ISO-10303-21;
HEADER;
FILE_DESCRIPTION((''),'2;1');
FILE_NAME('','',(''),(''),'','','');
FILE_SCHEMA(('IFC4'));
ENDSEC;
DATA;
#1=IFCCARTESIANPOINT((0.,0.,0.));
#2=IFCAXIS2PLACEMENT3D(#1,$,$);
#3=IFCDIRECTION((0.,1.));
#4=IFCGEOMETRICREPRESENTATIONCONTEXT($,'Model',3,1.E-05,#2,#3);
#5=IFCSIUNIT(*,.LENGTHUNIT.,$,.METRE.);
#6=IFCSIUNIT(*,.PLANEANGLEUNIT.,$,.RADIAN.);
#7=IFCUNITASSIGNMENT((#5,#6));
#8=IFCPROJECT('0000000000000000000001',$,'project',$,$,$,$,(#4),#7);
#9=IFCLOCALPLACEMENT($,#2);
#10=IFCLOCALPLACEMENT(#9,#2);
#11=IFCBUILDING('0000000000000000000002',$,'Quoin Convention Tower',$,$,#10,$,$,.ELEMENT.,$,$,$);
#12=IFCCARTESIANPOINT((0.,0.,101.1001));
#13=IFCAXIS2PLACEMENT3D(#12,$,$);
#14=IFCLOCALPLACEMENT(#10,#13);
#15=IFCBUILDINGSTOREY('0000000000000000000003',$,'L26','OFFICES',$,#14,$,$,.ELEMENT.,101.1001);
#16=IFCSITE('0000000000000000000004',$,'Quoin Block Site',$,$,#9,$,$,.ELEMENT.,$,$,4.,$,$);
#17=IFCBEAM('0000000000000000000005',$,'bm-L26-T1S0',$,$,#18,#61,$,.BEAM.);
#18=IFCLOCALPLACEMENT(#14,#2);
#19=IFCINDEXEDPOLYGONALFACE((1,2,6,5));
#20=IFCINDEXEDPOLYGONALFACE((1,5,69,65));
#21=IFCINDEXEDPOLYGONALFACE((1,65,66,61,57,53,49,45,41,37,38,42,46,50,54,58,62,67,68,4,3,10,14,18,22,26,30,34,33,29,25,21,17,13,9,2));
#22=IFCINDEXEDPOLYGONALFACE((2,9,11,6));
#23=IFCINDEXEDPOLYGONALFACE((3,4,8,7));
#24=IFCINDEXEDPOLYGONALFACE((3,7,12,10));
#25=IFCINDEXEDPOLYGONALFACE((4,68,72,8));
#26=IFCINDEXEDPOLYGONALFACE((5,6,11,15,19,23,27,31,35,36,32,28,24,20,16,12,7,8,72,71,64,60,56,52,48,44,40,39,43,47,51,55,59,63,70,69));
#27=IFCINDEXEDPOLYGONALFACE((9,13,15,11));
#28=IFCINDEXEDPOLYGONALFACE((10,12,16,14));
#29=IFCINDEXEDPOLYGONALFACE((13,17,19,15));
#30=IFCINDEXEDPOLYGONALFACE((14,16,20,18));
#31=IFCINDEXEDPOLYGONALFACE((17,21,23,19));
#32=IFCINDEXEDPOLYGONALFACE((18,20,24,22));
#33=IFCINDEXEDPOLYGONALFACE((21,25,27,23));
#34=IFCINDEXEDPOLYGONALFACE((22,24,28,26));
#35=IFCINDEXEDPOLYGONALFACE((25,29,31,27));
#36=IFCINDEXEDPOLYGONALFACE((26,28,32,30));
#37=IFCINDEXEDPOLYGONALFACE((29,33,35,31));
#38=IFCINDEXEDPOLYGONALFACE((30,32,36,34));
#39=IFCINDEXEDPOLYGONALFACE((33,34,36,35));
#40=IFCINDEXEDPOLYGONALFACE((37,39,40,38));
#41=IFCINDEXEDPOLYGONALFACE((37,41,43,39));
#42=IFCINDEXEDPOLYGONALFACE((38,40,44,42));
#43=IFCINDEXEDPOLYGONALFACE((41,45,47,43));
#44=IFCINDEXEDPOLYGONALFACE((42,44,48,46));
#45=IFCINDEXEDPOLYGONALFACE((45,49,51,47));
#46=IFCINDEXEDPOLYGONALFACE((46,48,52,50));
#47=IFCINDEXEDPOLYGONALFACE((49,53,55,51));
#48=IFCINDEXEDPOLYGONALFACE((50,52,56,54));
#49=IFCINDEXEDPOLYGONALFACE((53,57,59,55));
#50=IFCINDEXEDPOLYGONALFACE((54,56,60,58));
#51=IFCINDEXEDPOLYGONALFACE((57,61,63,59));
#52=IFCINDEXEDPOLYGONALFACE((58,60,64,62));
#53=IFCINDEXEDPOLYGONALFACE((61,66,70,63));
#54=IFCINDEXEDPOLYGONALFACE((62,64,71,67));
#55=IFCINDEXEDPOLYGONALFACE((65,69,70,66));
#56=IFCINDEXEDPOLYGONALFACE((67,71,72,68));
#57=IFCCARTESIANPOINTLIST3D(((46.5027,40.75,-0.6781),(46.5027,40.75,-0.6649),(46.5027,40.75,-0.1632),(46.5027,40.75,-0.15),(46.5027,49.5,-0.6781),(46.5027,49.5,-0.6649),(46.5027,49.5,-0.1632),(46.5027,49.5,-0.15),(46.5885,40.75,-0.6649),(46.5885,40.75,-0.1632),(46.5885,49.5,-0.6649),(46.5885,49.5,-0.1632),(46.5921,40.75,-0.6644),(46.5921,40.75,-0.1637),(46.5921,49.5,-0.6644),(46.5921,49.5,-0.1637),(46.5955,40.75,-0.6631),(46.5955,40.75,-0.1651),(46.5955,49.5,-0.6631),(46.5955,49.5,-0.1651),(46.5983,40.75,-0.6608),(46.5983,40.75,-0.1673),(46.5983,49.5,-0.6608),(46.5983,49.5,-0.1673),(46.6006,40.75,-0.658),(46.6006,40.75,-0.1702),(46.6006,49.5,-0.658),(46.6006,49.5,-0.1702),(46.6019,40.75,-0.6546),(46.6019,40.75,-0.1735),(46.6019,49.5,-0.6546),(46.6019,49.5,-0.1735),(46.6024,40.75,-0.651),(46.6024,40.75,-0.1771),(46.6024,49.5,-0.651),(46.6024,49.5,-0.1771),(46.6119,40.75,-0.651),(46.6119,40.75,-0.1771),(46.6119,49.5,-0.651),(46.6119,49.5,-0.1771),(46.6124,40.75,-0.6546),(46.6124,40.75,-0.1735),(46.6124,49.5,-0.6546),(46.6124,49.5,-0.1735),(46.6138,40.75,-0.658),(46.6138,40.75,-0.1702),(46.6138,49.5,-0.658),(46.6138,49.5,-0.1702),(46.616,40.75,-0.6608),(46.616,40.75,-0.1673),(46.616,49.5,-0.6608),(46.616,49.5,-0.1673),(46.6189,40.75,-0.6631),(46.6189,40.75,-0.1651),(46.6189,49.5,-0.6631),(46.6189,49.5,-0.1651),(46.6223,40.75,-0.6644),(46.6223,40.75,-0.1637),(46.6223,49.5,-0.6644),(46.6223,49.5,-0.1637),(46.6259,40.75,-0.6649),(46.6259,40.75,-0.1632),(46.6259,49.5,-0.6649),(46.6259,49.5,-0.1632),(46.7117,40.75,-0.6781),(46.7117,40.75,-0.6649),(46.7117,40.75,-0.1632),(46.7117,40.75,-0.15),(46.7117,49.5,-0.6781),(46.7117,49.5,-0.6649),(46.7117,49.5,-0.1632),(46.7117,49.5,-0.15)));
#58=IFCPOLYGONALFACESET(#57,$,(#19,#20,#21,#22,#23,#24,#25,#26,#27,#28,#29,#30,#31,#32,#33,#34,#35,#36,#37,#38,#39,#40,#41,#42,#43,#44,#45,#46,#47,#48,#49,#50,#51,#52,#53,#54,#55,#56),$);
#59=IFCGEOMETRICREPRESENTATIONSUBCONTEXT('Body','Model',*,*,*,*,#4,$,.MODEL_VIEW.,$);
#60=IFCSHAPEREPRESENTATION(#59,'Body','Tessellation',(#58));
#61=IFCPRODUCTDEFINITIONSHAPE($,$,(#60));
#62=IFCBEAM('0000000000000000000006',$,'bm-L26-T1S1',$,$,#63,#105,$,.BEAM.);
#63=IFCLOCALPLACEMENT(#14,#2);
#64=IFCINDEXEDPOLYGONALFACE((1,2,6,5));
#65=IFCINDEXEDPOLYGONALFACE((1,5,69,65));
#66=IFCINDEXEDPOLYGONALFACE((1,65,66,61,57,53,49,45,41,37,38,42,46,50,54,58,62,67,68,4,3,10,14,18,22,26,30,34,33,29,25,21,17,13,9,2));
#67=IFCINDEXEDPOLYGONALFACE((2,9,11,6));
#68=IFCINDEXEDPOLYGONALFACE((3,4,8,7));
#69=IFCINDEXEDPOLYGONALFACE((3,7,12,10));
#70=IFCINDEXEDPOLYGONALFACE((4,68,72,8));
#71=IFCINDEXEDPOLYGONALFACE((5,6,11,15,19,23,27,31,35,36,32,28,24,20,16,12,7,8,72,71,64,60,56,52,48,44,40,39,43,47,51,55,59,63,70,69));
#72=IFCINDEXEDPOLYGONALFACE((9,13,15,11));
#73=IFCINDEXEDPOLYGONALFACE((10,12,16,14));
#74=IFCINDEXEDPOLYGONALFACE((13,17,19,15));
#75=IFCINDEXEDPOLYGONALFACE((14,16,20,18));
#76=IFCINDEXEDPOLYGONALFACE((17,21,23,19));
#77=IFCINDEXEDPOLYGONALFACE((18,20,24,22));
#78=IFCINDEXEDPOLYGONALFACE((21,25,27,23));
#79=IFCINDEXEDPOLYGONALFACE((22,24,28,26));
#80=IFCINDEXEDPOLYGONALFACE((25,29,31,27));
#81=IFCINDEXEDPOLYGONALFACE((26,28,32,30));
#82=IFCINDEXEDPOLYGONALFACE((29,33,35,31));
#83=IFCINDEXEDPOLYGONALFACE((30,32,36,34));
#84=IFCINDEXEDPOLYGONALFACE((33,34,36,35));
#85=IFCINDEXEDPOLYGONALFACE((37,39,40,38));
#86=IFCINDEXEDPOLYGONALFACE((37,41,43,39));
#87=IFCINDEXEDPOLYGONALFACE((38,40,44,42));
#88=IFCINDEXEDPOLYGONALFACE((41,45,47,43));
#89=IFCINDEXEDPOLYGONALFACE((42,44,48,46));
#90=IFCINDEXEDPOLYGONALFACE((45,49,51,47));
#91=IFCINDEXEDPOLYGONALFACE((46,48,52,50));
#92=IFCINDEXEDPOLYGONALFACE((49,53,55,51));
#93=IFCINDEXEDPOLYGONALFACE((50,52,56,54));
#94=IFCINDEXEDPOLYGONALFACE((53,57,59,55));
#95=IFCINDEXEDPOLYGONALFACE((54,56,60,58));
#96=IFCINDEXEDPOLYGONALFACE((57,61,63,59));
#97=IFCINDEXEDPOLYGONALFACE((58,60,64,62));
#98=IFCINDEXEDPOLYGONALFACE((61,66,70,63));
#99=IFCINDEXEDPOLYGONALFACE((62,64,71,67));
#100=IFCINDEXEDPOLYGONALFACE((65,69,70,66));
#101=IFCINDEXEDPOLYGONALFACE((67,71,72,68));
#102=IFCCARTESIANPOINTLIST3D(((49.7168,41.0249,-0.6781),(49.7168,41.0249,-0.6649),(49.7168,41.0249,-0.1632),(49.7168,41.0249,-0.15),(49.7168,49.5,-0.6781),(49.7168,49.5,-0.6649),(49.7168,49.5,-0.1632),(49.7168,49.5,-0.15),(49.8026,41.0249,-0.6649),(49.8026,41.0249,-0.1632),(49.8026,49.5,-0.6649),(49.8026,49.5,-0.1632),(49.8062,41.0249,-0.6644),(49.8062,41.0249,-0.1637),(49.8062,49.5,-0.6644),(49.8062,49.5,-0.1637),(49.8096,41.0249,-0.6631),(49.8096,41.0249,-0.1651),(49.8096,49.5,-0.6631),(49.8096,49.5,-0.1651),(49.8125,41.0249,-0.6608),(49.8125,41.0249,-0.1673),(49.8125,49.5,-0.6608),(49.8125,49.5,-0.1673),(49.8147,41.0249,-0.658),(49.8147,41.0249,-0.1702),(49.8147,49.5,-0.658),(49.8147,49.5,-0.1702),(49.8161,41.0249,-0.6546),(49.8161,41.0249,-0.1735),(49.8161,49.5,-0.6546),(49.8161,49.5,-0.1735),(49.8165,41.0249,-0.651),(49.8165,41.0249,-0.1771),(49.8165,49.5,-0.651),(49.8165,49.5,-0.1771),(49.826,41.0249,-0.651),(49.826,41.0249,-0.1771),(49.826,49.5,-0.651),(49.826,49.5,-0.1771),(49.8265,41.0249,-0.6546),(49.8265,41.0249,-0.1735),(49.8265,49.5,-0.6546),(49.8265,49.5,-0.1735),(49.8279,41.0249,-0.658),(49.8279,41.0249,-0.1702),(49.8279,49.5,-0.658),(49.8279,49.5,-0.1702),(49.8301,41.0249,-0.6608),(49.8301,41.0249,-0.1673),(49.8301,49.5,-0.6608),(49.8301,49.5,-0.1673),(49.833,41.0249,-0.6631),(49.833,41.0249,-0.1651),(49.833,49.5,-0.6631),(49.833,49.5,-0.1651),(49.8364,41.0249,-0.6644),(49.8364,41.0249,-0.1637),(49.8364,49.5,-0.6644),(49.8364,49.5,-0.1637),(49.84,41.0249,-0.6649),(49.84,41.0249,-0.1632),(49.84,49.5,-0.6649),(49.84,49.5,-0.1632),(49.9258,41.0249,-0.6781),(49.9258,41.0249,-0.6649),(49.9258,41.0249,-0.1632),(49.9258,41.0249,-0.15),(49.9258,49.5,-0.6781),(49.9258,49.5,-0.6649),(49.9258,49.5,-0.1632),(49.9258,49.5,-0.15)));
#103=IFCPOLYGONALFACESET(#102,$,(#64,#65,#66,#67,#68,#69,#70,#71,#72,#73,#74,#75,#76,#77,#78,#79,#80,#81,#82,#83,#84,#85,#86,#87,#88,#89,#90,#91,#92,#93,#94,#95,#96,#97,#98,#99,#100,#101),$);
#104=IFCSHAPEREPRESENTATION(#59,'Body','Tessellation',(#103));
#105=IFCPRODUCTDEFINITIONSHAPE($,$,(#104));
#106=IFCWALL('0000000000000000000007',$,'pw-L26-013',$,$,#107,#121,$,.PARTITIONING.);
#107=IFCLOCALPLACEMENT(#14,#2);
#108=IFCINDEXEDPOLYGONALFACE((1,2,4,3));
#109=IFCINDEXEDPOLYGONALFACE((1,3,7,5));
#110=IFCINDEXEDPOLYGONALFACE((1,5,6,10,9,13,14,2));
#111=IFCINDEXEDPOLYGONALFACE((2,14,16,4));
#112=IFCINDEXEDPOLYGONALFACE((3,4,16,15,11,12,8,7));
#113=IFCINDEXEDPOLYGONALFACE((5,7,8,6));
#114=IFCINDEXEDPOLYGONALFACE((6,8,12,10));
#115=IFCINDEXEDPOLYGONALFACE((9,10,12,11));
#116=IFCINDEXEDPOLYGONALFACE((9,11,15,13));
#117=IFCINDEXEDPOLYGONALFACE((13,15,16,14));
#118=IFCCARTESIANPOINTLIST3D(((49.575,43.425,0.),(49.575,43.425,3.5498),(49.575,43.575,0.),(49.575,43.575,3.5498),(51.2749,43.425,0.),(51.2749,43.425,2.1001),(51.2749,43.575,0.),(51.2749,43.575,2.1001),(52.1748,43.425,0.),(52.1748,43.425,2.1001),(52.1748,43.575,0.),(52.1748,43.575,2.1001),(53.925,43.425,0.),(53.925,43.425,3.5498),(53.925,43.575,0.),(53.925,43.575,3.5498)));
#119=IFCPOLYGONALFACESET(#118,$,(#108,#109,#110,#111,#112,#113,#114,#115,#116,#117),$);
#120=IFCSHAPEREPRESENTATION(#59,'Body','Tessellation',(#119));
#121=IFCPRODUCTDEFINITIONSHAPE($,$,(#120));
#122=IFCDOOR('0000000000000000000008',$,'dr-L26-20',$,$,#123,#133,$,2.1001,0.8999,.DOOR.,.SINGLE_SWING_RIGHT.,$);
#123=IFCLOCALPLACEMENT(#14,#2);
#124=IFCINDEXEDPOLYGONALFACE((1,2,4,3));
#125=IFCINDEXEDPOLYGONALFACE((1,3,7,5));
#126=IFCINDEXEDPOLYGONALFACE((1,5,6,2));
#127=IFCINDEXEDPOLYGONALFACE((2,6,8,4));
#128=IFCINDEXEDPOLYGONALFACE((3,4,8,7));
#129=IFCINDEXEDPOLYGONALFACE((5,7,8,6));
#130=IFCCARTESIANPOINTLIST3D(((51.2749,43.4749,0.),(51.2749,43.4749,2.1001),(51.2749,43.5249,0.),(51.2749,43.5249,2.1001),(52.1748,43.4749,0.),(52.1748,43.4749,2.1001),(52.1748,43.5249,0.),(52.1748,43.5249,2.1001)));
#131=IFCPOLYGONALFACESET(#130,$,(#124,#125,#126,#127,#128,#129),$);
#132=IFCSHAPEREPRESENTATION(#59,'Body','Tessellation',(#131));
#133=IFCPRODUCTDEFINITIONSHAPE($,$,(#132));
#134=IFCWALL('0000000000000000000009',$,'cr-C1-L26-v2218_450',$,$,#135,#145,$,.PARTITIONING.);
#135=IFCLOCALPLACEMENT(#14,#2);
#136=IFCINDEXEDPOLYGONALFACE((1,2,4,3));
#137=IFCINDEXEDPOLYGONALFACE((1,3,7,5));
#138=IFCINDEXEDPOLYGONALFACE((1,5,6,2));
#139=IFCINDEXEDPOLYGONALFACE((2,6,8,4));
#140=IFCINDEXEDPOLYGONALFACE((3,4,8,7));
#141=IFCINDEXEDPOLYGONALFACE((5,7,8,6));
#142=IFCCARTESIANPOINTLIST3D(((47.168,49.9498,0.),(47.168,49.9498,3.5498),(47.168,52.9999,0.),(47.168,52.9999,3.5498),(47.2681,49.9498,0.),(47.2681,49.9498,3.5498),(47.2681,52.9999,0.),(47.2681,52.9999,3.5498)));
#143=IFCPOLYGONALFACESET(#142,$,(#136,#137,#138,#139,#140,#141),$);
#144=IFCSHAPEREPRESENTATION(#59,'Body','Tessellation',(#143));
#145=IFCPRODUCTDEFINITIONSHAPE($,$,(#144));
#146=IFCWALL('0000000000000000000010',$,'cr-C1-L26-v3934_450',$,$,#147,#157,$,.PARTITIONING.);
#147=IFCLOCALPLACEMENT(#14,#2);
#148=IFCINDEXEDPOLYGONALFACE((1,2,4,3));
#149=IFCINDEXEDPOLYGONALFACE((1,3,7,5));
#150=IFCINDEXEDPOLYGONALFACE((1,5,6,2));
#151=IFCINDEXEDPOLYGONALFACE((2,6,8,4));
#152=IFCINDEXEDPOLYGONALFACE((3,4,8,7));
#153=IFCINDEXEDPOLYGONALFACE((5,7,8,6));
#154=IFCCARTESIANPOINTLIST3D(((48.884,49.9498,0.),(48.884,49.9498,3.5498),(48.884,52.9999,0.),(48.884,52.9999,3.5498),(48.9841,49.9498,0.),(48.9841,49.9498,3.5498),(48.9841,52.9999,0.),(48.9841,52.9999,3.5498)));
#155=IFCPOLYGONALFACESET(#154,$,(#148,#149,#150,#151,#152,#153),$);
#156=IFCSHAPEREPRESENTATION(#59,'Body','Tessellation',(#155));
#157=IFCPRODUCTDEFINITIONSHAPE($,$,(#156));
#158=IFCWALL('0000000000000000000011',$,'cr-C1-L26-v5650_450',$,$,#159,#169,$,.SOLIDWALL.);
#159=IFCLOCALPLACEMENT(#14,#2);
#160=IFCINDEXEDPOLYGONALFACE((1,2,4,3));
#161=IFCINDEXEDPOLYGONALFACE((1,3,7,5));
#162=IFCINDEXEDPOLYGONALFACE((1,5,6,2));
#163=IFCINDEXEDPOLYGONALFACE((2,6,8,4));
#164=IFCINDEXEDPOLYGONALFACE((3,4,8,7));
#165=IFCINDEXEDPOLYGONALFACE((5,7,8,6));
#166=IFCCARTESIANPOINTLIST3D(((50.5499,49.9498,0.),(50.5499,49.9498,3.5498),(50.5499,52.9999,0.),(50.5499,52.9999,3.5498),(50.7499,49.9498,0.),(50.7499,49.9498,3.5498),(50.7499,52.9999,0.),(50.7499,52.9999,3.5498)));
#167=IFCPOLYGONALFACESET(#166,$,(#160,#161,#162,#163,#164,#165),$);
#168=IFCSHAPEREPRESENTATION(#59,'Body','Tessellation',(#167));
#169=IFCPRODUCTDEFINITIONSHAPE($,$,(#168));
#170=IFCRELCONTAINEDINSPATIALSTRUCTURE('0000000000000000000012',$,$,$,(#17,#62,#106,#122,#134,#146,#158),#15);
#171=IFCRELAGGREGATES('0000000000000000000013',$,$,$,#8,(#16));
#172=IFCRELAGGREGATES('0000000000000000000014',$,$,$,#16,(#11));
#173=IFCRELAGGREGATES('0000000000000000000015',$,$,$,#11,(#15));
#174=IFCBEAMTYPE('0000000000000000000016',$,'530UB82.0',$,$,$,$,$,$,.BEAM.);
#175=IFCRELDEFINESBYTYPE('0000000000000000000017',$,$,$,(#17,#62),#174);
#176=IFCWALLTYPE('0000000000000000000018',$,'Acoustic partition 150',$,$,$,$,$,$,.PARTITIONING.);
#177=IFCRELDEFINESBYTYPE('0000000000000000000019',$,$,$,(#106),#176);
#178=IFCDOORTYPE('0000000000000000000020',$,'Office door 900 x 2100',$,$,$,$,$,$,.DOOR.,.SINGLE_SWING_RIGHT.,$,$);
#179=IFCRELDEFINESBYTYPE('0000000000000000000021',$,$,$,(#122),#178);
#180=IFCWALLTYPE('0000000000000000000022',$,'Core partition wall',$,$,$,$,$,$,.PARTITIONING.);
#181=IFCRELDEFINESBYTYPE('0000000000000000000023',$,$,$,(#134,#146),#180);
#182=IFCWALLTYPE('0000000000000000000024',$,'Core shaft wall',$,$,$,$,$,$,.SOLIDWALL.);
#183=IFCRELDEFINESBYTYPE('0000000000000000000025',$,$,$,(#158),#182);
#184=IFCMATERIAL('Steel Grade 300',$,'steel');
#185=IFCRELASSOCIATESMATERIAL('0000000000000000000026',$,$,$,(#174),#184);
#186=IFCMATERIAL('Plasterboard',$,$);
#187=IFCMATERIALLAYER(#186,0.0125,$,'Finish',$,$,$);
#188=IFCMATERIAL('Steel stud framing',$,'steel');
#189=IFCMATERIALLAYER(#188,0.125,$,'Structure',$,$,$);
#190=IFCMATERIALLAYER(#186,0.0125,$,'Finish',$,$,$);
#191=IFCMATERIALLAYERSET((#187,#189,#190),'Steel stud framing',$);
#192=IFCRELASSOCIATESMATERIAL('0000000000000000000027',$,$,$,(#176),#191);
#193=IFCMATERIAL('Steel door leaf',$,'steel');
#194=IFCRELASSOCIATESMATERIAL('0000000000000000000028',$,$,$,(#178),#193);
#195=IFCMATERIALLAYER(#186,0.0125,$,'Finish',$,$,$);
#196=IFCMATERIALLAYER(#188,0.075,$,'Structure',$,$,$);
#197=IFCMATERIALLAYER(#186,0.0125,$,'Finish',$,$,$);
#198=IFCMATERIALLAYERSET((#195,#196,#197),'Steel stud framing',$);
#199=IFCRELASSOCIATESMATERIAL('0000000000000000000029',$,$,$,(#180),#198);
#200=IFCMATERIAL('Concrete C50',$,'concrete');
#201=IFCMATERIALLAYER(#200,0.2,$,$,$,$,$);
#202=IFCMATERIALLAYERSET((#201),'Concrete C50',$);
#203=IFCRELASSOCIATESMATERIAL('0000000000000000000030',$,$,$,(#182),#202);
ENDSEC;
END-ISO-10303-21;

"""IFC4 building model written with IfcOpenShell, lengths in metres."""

from ifc_helpers import new_model, si_unit, direction, frame, frame_2d, origin, origin_2d, place, context, subcontext, project, spatial, rectangle, i_section, extrude, material, layer, layer_set, material_profile, profile_set, type_object, element, fill, save


model = new_model("IFC4")

# Units and contexts
model_context = context("Model", 3, precision=1e-05, world=origin(), true_north=direction((0.0, 1.0)))
body_context = subcontext(model_context, "Body", "Model", "MODEL_VIEW")
ifc_project = project(units=[si_unit("LENGTHUNIT", "METRE"), si_unit("PLANEANGLEUNIT", "RADIAN")], contexts=[model_context])

# Site, building, storey
site_placement = place(None, origin())
site = spatial("IfcSite", under=ifc_project, at=site_placement, Name="Quoin Block Site", CompositionType="ELEMENT", RefElevation=4.0)
building_placement = place(site_placement, origin())
building = spatial("IfcBuilding", under=site, at=building_placement, Name="Quoin Convention Tower", CompositionType="ELEMENT")
storey_placement = place(building_placement, frame((0.0, 0.0, 101.1001)))
storey = spatial("IfcBuildingStorey", under=building, at=storey_placement, Name="L26", Description="OFFICES", CompositionType="ELEMENT", Elevation=101.1001)

# Beams
ifc_material_1 = material(Name="Steel Grade 300", Category="steel")
ifc_material_profile = material_profile(ifc_material_1, i_section(OverallWidth=0.209, OverallDepth=0.5281, WebThickness=0.0095, FlangeThickness=0.0132, FilletRadius=0.0139, at=origin_2d()), Name="530UB82.0")
ifc_profile_set = profile_set([ifc_material_profile], Name="Steel Grade 300")
beam_type = type_object("IfcBeamType", Name="530UB82.0", PredefinedType="BEAM", material=ifc_profile_set)
beam_1_placement = place(storey_placement, frame((46.6072, 40.75, -0.4141), z_axis=(0.0, 1.0, 0.0), x_axis=(-1.0, 0.0, 0.0)))
element("IfcBeam", 1, at=beam_1_placement, inside=storey, type_object=beam_type, Name="bm-L26-T1S0", PredefinedType="BEAM", context=body_context, shape_type="SweptSolid", body=[
    extrude(i_section(OverallWidth=0.209, OverallDepth=0.5281, WebThickness=0.0095, FlangeThickness=0.0132, FilletRadius=0.0139, at=origin_2d()), origin(), (0.0, 0.0, 1.0), 8.75),
])
beam_2_placement = place(storey_placement, frame((49.8213, 41.0249, -0.4141), z_axis=(0.0, 1.0, 0.0), x_axis=(-1.0, 0.0, 0.0)))
element("IfcBeam", 2, at=beam_2_placement, inside=storey, type_object=beam_type, Name="bm-L26-T1S1", PredefinedType="BEAM", context=body_context, shape_type="SweptSolid", body=[
    extrude(i_section(OverallWidth=0.209, OverallDepth=0.5281, WebThickness=0.0095, FlangeThickness=0.0132, FilletRadius=0.0139, at=origin_2d()), origin(), (0.0, 0.0, 1.0), 8.4751),
])

# Wall, opening, door
ifc_material_2 = material(Name="Plasterboard")
ifc_layer_1 = layer(ifc_material_2, 0.0125, Name="Finish")
ifc_material_3 = material(Name="Steel stud framing", Category="steel")
ifc_layer_2 = layer(ifc_material_3, 0.125, Name="Structure")
ifc_layer_3 = layer(ifc_material_2, 0.0125, Name="Finish")
ifc_layer_set_1 = layer_set([ifc_layer_1, ifc_layer_2, ifc_layer_3], Name="Steel stud framing")
wall_type_1 = type_object("IfcWallType", Name="Acoustic partition 150", PredefinedType="PARTITIONING", material=ifc_layer_set_1)
wall_1_placement = place(storey_placement, frame((49.575, 43.5, 0.0), z_axis=(0.0, 0.0, 1.0), x_axis=(1.0, 0.0, 0.0)))
wall_1 = element("IfcWall", 3, at=wall_1_placement, inside=storey, type_object=wall_type_1, Name="pw-L26-013", PredefinedType="PARTITIONING", context=body_context, shape_type="SweptSolid", body=[
    extrude(rectangle(XDim=4.3501, YDim=0.1499, at=frame_2d((2.175, 0.0))), origin(), (0.0, 0.0, 1.0), 3.5498),
])
opening_1_placement = place(wall_1_placement, frame((1.7, 0.0, 0.0)))
opening_1 = element("IfcOpeningElement", 4, at=opening_1_placement, cuts=wall_1, PredefinedType="OPENING", context=body_context, shape_type="SweptSolid", body=[
    extrude(rectangle(XDim=0.8999, YDim=2.1001, at=frame_2d((0.45, 1.05))), frame((0.0, 0.085, 0.0), z_axis=(0.0, -1.0, 0.0), x_axis=(1.0, 0.0, 0.0)), (0.0, 0.0, 1.0), 0.1699),
])
ifc_material_4 = material(Name="Steel door leaf", Category="steel")
door_type_1 = type_object("IfcDoorType", Name="Office door 900 x 2100", OperationType="SINGLE_SWING_RIGHT", PredefinedType="DOOR", material=ifc_material_4)
door_1_placement = place(opening_1_placement, origin())
door_1 = element("IfcDoor", 5, at=door_1_placement, inside=storey, type_object=door_type_1, Name="dr-L26-20", OperationType="SINGLE_SWING_RIGHT", OverallHeight=2.1001, OverallWidth=0.8999, PredefinedType="DOOR", context=body_context, shape_type="SweptSolid", body=[
    extrude(rectangle(XDim=0.8999, YDim=2.1001, at=frame_2d((0.45, 1.05))), frame((0.0, 0.0249, 0.0), z_axis=(0.0, -1.0, 0.0), x_axis=(1.0, 0.0, 0.0)), (0.0, 0.0, 1.0), 0.05),
])
fill(opening_1, door_1)

# Walls
ifc_layer_4 = layer(ifc_material_2, 0.0125, Name="Finish")
ifc_layer_5 = layer(ifc_material_3, 0.075, Name="Structure")
ifc_layer_6 = layer(ifc_material_2, 0.0125, Name="Finish")
ifc_layer_set_2 = layer_set([ifc_layer_4, ifc_layer_5, ifc_layer_6], Name="Steel stud framing")
wall_type_2 = type_object("IfcWallType", Name="Core partition wall", PredefinedType="PARTITIONING", material=ifc_layer_set_2)
for number, where, z_axis, x_axis, name in (
    (6, (47.218, 49.95, 0.0), (0.0, 0.0, 1.0), (0.0, 1.0, 0.0), "cr-C1-L26-v2218_450"),
    (7, (48.9341, 49.95, 0.0), (0.0, 0.0, 1.0), (0.0, 1.0, 0.0), "cr-C1-L26-v3934_450"),
):
    element("IfcWall", number, at=place(storey_placement, frame(where, z_axis=z_axis, x_axis=x_axis)), inside=storey, type_object=wall_type_2, Name=name, PredefinedType="PARTITIONING", context=body_context, shape_type="SweptSolid", body=[
        extrude(rectangle(XDim=3.05, YDim=0.1001, at=frame_2d((1.5249, 0.0))), origin(), (0.0, 0.0, 1.0), 3.5498),
    ])
ifc_material_5 = material(Name="Concrete C50", Category="concrete")
ifc_layer_7 = layer(ifc_material_5, 0.2)
ifc_layer_set_3 = layer_set([ifc_layer_7], Name="Concrete C50")
wall_type_3 = type_object("IfcWallType", Name="Core shaft wall", PredefinedType="SOLIDWALL", material=ifc_layer_set_3)
wall_2_placement = place(storey_placement, frame((50.6499, 49.95, 0.0), z_axis=(0.0, 0.0, 1.0), x_axis=(0.0, 1.0, 0.0)))
element("IfcWall", 8, at=wall_2_placement, inside=storey, type_object=wall_type_3, Name="cr-C1-L26-v5650_450", PredefinedType="SOLIDWALL", context=body_context, shape_type="SweptSolid", body=[
    extrude(rectangle(XDim=3.05, YDim=0.2, at=frame_2d((1.5249, 0.0))), origin(), (0.0, 0.0, 1.0), 3.5498),
])

save(model, "model.ifc")
